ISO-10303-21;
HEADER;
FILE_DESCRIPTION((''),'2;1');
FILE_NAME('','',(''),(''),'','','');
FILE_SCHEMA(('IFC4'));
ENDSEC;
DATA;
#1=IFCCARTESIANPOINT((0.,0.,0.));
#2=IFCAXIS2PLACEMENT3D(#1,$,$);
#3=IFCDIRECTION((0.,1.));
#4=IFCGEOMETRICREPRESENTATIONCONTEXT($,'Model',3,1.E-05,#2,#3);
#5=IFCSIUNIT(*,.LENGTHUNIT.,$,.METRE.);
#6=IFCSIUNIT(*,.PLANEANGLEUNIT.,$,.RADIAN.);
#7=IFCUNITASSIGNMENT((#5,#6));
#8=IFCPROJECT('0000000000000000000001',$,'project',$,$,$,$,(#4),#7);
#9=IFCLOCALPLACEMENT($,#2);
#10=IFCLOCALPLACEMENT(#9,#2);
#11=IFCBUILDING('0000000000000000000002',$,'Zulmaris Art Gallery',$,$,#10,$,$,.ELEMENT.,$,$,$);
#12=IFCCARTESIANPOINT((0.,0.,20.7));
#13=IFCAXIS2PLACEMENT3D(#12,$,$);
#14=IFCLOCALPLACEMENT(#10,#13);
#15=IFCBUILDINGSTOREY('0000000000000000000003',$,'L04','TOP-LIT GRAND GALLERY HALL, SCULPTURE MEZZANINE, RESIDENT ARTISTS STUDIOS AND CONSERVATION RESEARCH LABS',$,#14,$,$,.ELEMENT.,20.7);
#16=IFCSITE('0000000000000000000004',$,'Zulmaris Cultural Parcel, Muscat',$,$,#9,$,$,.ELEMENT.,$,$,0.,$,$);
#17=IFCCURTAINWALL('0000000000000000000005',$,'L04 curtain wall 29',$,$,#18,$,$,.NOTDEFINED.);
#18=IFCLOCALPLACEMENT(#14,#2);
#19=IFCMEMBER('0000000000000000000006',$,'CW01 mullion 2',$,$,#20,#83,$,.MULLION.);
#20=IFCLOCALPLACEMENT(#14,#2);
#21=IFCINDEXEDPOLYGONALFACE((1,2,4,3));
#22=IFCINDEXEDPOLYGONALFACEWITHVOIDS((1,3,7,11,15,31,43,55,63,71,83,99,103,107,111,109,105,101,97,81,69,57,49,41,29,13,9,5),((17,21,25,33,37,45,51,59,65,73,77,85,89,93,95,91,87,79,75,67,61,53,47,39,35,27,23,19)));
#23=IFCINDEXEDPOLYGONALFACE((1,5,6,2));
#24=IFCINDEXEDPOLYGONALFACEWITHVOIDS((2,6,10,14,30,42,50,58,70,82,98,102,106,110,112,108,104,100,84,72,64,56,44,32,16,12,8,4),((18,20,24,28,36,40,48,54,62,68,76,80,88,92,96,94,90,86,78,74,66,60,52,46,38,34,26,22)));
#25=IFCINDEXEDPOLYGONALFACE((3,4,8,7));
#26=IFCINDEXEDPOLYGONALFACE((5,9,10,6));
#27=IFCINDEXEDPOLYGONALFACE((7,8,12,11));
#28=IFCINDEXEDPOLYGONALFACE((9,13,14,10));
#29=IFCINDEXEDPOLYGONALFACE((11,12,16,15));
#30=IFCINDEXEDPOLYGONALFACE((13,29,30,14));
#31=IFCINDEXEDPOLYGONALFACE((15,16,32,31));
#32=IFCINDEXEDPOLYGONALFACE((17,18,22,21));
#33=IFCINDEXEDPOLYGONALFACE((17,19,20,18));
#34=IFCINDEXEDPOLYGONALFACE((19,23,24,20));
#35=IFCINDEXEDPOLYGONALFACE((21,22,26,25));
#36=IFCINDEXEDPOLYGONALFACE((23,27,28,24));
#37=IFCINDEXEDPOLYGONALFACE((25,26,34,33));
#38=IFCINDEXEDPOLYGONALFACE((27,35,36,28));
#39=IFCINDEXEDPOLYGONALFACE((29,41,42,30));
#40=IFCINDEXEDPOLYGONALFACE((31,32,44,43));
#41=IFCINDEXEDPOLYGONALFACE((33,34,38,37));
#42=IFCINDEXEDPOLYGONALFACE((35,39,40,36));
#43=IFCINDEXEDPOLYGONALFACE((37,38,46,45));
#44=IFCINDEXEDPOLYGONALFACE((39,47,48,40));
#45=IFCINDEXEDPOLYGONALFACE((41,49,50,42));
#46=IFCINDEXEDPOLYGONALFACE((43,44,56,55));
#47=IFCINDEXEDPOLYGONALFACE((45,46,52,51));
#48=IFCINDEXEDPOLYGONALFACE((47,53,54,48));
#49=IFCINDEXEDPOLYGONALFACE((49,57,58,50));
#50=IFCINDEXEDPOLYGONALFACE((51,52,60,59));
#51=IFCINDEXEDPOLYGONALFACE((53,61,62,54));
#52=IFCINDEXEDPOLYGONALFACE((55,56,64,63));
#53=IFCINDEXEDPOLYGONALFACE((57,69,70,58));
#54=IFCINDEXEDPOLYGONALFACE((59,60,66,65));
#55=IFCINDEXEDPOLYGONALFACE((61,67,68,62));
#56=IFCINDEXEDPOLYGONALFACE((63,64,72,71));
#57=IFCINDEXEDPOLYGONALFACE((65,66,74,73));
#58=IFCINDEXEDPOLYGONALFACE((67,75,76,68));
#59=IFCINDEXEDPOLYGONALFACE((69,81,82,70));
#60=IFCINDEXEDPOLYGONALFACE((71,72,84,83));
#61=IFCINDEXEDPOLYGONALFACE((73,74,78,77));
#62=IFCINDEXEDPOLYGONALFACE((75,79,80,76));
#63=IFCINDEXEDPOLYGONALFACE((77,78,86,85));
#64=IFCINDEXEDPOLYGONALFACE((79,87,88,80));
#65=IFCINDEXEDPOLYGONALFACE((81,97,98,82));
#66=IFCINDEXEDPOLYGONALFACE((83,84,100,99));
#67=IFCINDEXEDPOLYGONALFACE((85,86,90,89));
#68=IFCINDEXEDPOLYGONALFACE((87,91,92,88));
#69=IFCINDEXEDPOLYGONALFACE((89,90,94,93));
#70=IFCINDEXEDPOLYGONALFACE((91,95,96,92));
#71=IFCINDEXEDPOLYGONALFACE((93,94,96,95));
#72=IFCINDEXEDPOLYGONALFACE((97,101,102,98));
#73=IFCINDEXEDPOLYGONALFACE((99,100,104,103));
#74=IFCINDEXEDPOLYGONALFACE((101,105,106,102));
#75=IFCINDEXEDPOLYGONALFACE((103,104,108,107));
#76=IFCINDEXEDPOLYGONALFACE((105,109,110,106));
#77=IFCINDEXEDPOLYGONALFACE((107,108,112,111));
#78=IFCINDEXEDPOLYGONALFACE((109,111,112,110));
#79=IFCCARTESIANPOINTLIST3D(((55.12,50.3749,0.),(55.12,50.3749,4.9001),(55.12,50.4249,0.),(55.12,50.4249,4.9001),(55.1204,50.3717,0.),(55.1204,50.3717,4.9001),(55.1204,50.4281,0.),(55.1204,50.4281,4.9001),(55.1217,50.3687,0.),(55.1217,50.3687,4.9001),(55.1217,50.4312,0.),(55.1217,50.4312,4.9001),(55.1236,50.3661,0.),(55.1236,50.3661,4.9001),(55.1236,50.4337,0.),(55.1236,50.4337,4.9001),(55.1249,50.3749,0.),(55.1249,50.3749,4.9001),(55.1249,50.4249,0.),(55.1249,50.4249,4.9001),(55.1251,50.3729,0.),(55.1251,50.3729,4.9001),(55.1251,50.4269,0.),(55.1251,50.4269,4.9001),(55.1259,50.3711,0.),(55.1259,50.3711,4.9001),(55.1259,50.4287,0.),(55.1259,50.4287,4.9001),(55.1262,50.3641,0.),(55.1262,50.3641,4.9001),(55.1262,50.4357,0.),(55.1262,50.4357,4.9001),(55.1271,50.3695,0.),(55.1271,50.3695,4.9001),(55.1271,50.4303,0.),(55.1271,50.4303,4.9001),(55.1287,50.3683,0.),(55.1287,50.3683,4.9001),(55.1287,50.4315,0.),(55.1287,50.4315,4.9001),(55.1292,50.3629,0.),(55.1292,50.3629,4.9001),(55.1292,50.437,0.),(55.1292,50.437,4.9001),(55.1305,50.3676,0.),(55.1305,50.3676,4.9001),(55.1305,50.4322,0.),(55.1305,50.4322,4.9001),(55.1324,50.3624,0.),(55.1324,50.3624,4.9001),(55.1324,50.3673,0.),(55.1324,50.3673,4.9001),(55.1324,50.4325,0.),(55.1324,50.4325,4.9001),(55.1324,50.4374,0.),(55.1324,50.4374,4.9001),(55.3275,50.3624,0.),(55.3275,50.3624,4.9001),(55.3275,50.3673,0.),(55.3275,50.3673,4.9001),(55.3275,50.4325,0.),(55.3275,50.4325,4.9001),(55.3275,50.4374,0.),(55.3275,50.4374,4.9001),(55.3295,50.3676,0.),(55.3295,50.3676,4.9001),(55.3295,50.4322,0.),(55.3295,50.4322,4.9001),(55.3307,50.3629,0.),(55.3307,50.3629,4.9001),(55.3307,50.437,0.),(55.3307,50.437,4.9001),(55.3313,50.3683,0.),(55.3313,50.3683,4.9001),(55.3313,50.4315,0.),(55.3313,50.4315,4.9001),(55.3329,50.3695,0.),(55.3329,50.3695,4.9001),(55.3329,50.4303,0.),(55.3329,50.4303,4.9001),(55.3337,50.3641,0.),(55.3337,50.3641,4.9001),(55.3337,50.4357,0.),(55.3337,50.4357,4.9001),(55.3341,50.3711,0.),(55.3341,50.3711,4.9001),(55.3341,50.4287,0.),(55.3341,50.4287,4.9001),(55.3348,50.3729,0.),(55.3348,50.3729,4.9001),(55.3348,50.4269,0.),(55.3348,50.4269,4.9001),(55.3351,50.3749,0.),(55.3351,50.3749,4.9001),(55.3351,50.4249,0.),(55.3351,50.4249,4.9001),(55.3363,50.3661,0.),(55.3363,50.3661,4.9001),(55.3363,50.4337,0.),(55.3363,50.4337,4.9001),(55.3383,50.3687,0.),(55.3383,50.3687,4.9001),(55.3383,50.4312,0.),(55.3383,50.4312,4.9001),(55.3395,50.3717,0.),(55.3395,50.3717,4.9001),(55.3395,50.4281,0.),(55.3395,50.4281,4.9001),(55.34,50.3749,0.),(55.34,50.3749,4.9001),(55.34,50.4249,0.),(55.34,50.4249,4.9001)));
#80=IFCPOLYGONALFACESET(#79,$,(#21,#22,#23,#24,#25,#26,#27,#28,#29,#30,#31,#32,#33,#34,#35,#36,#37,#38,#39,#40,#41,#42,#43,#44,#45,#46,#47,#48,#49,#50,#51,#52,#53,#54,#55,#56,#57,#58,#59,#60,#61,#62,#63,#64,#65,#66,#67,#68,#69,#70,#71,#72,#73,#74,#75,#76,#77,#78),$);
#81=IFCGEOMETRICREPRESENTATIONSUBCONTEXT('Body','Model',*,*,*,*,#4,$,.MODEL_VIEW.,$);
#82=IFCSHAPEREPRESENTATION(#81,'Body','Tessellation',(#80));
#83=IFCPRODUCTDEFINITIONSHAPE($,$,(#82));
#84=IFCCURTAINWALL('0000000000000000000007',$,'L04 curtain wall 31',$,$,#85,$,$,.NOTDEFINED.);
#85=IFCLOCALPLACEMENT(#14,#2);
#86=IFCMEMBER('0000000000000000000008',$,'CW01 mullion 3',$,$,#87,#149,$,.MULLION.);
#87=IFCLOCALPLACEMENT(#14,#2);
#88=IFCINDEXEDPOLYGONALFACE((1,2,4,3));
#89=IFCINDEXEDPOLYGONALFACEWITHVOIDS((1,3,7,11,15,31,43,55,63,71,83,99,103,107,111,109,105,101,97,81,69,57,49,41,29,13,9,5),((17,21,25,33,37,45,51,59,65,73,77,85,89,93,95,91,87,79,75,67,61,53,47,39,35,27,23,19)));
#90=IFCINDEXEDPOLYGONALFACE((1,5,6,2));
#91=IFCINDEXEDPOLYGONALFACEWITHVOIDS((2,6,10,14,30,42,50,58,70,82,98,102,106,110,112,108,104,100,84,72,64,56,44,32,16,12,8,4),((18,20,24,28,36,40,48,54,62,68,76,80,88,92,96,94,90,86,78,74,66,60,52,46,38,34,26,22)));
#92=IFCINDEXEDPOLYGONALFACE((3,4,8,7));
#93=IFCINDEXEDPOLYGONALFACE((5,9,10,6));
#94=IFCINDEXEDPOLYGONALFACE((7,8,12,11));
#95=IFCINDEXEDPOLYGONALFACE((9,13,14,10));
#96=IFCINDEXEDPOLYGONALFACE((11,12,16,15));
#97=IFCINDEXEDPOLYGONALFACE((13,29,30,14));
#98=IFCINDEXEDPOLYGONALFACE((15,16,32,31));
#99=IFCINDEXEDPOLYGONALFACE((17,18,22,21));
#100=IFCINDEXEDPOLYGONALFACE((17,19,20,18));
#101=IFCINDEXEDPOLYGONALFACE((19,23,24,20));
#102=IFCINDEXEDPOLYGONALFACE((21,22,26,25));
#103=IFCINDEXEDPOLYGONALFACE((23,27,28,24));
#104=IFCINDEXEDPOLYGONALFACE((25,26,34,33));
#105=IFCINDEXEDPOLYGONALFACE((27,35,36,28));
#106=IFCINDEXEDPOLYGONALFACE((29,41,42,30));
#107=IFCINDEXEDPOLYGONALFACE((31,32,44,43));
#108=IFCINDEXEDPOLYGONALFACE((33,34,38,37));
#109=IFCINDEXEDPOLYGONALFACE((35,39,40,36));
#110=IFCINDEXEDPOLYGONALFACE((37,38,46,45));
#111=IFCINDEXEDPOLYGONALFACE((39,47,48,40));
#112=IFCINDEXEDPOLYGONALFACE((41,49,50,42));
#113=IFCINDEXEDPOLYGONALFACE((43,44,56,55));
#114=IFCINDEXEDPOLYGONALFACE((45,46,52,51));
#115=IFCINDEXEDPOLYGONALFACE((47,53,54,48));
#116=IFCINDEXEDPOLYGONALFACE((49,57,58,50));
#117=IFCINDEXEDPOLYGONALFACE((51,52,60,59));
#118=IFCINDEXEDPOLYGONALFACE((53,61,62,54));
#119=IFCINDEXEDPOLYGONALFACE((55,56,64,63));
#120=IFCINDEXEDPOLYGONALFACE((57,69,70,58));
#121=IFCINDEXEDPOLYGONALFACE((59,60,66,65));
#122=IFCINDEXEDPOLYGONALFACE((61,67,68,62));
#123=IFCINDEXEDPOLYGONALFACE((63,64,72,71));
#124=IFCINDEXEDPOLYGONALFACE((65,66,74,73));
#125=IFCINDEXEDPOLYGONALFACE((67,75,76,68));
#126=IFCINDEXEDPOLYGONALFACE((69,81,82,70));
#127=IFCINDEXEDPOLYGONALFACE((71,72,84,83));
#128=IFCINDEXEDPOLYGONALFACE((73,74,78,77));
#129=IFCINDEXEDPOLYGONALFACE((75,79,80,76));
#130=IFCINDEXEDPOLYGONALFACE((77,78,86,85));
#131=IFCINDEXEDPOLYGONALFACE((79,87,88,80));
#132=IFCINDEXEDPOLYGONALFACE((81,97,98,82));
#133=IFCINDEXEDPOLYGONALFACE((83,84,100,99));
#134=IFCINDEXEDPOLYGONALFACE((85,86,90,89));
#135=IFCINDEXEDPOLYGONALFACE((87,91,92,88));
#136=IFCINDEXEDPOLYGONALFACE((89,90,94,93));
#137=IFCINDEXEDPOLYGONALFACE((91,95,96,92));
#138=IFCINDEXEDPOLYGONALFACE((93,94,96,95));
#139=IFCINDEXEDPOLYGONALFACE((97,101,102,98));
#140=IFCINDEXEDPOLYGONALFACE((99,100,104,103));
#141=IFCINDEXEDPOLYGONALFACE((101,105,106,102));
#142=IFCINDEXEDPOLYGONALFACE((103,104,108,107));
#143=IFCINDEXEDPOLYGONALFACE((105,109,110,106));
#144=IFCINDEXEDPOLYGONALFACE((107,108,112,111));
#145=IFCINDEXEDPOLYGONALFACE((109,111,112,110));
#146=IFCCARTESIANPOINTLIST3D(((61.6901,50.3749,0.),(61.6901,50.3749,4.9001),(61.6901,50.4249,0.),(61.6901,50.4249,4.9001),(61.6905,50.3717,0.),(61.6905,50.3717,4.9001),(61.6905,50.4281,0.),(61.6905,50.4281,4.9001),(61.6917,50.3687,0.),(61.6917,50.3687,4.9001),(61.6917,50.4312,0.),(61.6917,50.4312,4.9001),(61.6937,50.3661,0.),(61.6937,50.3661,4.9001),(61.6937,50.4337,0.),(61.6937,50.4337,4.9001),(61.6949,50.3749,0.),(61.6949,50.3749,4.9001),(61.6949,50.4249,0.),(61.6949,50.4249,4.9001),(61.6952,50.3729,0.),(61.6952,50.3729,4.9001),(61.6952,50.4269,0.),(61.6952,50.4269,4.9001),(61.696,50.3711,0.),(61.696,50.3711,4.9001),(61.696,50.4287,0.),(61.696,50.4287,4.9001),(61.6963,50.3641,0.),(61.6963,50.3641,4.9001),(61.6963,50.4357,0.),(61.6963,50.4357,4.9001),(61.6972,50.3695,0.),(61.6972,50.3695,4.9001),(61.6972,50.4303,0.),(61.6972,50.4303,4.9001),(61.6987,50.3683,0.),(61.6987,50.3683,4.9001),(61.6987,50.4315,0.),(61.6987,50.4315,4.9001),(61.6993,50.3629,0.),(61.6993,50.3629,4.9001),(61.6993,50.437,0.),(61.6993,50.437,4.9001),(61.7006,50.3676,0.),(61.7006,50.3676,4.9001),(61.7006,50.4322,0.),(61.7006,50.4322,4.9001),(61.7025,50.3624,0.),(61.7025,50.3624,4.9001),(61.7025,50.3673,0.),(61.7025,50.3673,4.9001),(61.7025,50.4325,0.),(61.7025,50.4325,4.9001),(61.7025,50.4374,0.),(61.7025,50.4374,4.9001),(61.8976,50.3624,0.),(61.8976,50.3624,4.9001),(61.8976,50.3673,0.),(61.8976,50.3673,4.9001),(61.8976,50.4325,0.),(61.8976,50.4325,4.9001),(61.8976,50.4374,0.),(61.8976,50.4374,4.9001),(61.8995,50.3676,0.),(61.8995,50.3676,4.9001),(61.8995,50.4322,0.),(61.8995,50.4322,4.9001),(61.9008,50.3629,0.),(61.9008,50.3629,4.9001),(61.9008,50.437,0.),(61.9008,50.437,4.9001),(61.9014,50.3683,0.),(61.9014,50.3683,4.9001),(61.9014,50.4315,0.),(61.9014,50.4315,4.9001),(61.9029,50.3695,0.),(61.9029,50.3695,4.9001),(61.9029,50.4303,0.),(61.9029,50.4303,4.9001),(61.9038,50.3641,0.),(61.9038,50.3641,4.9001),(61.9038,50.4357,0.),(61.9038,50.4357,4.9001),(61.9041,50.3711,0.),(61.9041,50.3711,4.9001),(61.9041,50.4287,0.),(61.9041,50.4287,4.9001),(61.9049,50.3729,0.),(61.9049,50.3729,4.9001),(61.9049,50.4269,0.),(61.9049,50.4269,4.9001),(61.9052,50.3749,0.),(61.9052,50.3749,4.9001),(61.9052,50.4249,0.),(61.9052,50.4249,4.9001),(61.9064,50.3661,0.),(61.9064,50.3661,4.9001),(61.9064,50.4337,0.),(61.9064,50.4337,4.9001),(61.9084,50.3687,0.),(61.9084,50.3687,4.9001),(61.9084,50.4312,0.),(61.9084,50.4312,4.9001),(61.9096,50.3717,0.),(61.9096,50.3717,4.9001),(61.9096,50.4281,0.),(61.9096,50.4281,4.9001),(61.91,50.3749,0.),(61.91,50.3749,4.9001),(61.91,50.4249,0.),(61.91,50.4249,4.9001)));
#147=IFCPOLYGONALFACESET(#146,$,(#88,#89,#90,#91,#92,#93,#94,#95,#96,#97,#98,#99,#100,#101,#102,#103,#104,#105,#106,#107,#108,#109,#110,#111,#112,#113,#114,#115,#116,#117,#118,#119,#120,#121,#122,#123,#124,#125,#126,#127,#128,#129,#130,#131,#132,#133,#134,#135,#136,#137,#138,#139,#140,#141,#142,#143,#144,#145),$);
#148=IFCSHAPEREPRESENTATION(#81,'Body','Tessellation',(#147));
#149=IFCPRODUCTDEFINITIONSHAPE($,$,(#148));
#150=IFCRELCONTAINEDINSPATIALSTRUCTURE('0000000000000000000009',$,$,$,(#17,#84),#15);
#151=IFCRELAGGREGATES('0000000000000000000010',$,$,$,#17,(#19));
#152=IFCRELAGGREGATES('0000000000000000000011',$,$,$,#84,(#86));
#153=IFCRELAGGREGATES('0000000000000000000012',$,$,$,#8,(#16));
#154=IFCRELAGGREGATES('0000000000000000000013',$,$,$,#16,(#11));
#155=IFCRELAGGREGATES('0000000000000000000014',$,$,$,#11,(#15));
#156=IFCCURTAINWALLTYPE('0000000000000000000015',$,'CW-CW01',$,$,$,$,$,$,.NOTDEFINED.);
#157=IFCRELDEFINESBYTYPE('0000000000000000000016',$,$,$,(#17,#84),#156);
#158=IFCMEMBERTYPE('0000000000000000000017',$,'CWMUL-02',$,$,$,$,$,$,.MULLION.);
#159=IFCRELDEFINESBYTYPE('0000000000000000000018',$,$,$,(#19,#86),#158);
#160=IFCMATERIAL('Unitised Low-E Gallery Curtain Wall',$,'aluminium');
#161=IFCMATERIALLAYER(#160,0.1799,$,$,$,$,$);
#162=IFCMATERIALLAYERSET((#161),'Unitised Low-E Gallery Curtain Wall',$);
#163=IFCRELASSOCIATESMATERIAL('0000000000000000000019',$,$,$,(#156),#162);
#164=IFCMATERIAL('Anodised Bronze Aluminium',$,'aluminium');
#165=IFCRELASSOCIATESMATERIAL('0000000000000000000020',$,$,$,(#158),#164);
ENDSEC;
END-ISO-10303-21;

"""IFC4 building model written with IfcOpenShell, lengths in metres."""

from ifc_helpers import new_model, si_unit, direction, frame, origin, origin_2d, place, context, subcontext, project, spatial, hollow_rectangle, extrude, material, layer, layer_set, material_profile, profile_set, type_object, element, aggregate, save


model = new_model("IFC4")

# Units and contexts
model_context = context("Model", 3, precision=1e-05, world=origin(), true_north=direction((0.0, 1.0)))
body_context = subcontext(model_context, "Body", "Model", "MODEL_VIEW")
ifc_project = project(units=[si_unit("LENGTHUNIT", "METRE"), si_unit("PLANEANGLEUNIT", "RADIAN")], contexts=[model_context])

# Site, building, storey
site_placement = place(None, origin())
site = spatial("IfcSite", under=ifc_project, at=site_placement, Name="Zulmaris Cultural Parcel, Muscat", CompositionType="ELEMENT", RefElevation=0.0)
building_placement = place(site_placement, origin())
building = spatial("IfcBuilding", under=site, at=building_placement, Name="Zulmaris Art Gallery", CompositionType="ELEMENT")
storey_placement = place(building_placement, frame((0.0, 0.0, 20.7)))
storey = spatial("IfcBuildingStorey", under=building, at=storey_placement, Name="L04", Description="TOP-LIT GRAND GALLERY HALL, SCULPTURE MEZZANINE, RESIDENT ARTISTS STUDIOS AND CONSERVATION RESEARCH LABS", CompositionType="ELEMENT", Elevation=20.7)

# Curtain walls, members
ifc_material_1 = material(Name="Unitised Low-E Gallery Curtain Wall", Category="aluminium")
ifc_layer_1 = layer(ifc_material_1, 0.1799)
ifc_layer_set_1 = layer_set([ifc_layer_1], Name="Unitised Low-E Gallery Curtain Wall")
curtain_wall_type = type_object("IfcCurtainWallType", Name="CW-CW01", PredefinedType="NOTDEFINED", material=ifc_layer_set_1)
curtain_wall_1_placement = place(storey_placement, origin())
curtain_wall_1 = element("IfcCurtainWall", 1, at=curtain_wall_1_placement, inside=storey, type_object=curtain_wall_type, Name="L04 curtain wall 29", PredefinedType="NOTDEFINED")
ifc_material_2 = material(Name="Anodised Bronze Aluminium", Category="aluminium")
ifc_material_profile_1 = material_profile(ifc_material_2, hollow_rectangle(XDim=0.075, YDim=0.22, WallThickness=0.0049, InnerFilletRadius=0.0076, OuterFilletRadius=0.0125, at=origin_2d()), Name="ALU 75x220x5")
ifc_profile_set_1 = profile_set([ifc_material_profile_1], Name="Anodised Bronze Aluminium")
member_type_1 = type_object("IfcMemberType", Name="CWMUL-02", PredefinedType="MULLION", material=ifc_profile_set_1)
member_1_placement = place(storey_placement, frame((55.23, 50.3999, 0.0), z_axis=(0.0, 0.0, 1.0), x_axis=(0.0, -1.0, 0.0)))
member_1 = element("IfcMember", 2, at=member_1_placement, type_object=member_type_1, Name="CW01 mullion 2", PredefinedType="MULLION", context=body_context, shape_type="SweptSolid", body=[
    extrude(hollow_rectangle(XDim=0.075, YDim=0.22, WallThickness=0.0049, InnerFilletRadius=0.0076, OuterFilletRadius=0.0125, at=origin_2d()), origin(), (0.0, 0.0, 1.0), 4.9001),
])
curtain_wall_2_placement = place(storey_placement, origin())
curtain_wall_2 = element("IfcCurtainWall", 3, at=curtain_wall_2_placement, inside=storey, type_object=curtain_wall_type, Name="L04 curtain wall 31", PredefinedType="NOTDEFINED")
member_2_placement = place(storey_placement, frame((61.8, 50.3999, 0.0), z_axis=(0.0, 0.0, 1.0), x_axis=(0.0, -1.0, 0.0)))
member_2 = element("IfcMember", 4, at=member_2_placement, type_object=member_type_1, Name="CW01 mullion 3", PredefinedType="MULLION", context=body_context, shape_type="SweptSolid", body=[
    extrude(hollow_rectangle(XDim=0.075, YDim=0.22, WallThickness=0.0049, InnerFilletRadius=0.0076, OuterFilletRadius=0.0125, at=origin_2d()), origin(), (0.0, 0.0, 1.0), 4.9001),
])

aggregate(curtain_wall_1, [member_1])
aggregate(curtain_wall_2, [member_2])

save(model, "model.ifc")
